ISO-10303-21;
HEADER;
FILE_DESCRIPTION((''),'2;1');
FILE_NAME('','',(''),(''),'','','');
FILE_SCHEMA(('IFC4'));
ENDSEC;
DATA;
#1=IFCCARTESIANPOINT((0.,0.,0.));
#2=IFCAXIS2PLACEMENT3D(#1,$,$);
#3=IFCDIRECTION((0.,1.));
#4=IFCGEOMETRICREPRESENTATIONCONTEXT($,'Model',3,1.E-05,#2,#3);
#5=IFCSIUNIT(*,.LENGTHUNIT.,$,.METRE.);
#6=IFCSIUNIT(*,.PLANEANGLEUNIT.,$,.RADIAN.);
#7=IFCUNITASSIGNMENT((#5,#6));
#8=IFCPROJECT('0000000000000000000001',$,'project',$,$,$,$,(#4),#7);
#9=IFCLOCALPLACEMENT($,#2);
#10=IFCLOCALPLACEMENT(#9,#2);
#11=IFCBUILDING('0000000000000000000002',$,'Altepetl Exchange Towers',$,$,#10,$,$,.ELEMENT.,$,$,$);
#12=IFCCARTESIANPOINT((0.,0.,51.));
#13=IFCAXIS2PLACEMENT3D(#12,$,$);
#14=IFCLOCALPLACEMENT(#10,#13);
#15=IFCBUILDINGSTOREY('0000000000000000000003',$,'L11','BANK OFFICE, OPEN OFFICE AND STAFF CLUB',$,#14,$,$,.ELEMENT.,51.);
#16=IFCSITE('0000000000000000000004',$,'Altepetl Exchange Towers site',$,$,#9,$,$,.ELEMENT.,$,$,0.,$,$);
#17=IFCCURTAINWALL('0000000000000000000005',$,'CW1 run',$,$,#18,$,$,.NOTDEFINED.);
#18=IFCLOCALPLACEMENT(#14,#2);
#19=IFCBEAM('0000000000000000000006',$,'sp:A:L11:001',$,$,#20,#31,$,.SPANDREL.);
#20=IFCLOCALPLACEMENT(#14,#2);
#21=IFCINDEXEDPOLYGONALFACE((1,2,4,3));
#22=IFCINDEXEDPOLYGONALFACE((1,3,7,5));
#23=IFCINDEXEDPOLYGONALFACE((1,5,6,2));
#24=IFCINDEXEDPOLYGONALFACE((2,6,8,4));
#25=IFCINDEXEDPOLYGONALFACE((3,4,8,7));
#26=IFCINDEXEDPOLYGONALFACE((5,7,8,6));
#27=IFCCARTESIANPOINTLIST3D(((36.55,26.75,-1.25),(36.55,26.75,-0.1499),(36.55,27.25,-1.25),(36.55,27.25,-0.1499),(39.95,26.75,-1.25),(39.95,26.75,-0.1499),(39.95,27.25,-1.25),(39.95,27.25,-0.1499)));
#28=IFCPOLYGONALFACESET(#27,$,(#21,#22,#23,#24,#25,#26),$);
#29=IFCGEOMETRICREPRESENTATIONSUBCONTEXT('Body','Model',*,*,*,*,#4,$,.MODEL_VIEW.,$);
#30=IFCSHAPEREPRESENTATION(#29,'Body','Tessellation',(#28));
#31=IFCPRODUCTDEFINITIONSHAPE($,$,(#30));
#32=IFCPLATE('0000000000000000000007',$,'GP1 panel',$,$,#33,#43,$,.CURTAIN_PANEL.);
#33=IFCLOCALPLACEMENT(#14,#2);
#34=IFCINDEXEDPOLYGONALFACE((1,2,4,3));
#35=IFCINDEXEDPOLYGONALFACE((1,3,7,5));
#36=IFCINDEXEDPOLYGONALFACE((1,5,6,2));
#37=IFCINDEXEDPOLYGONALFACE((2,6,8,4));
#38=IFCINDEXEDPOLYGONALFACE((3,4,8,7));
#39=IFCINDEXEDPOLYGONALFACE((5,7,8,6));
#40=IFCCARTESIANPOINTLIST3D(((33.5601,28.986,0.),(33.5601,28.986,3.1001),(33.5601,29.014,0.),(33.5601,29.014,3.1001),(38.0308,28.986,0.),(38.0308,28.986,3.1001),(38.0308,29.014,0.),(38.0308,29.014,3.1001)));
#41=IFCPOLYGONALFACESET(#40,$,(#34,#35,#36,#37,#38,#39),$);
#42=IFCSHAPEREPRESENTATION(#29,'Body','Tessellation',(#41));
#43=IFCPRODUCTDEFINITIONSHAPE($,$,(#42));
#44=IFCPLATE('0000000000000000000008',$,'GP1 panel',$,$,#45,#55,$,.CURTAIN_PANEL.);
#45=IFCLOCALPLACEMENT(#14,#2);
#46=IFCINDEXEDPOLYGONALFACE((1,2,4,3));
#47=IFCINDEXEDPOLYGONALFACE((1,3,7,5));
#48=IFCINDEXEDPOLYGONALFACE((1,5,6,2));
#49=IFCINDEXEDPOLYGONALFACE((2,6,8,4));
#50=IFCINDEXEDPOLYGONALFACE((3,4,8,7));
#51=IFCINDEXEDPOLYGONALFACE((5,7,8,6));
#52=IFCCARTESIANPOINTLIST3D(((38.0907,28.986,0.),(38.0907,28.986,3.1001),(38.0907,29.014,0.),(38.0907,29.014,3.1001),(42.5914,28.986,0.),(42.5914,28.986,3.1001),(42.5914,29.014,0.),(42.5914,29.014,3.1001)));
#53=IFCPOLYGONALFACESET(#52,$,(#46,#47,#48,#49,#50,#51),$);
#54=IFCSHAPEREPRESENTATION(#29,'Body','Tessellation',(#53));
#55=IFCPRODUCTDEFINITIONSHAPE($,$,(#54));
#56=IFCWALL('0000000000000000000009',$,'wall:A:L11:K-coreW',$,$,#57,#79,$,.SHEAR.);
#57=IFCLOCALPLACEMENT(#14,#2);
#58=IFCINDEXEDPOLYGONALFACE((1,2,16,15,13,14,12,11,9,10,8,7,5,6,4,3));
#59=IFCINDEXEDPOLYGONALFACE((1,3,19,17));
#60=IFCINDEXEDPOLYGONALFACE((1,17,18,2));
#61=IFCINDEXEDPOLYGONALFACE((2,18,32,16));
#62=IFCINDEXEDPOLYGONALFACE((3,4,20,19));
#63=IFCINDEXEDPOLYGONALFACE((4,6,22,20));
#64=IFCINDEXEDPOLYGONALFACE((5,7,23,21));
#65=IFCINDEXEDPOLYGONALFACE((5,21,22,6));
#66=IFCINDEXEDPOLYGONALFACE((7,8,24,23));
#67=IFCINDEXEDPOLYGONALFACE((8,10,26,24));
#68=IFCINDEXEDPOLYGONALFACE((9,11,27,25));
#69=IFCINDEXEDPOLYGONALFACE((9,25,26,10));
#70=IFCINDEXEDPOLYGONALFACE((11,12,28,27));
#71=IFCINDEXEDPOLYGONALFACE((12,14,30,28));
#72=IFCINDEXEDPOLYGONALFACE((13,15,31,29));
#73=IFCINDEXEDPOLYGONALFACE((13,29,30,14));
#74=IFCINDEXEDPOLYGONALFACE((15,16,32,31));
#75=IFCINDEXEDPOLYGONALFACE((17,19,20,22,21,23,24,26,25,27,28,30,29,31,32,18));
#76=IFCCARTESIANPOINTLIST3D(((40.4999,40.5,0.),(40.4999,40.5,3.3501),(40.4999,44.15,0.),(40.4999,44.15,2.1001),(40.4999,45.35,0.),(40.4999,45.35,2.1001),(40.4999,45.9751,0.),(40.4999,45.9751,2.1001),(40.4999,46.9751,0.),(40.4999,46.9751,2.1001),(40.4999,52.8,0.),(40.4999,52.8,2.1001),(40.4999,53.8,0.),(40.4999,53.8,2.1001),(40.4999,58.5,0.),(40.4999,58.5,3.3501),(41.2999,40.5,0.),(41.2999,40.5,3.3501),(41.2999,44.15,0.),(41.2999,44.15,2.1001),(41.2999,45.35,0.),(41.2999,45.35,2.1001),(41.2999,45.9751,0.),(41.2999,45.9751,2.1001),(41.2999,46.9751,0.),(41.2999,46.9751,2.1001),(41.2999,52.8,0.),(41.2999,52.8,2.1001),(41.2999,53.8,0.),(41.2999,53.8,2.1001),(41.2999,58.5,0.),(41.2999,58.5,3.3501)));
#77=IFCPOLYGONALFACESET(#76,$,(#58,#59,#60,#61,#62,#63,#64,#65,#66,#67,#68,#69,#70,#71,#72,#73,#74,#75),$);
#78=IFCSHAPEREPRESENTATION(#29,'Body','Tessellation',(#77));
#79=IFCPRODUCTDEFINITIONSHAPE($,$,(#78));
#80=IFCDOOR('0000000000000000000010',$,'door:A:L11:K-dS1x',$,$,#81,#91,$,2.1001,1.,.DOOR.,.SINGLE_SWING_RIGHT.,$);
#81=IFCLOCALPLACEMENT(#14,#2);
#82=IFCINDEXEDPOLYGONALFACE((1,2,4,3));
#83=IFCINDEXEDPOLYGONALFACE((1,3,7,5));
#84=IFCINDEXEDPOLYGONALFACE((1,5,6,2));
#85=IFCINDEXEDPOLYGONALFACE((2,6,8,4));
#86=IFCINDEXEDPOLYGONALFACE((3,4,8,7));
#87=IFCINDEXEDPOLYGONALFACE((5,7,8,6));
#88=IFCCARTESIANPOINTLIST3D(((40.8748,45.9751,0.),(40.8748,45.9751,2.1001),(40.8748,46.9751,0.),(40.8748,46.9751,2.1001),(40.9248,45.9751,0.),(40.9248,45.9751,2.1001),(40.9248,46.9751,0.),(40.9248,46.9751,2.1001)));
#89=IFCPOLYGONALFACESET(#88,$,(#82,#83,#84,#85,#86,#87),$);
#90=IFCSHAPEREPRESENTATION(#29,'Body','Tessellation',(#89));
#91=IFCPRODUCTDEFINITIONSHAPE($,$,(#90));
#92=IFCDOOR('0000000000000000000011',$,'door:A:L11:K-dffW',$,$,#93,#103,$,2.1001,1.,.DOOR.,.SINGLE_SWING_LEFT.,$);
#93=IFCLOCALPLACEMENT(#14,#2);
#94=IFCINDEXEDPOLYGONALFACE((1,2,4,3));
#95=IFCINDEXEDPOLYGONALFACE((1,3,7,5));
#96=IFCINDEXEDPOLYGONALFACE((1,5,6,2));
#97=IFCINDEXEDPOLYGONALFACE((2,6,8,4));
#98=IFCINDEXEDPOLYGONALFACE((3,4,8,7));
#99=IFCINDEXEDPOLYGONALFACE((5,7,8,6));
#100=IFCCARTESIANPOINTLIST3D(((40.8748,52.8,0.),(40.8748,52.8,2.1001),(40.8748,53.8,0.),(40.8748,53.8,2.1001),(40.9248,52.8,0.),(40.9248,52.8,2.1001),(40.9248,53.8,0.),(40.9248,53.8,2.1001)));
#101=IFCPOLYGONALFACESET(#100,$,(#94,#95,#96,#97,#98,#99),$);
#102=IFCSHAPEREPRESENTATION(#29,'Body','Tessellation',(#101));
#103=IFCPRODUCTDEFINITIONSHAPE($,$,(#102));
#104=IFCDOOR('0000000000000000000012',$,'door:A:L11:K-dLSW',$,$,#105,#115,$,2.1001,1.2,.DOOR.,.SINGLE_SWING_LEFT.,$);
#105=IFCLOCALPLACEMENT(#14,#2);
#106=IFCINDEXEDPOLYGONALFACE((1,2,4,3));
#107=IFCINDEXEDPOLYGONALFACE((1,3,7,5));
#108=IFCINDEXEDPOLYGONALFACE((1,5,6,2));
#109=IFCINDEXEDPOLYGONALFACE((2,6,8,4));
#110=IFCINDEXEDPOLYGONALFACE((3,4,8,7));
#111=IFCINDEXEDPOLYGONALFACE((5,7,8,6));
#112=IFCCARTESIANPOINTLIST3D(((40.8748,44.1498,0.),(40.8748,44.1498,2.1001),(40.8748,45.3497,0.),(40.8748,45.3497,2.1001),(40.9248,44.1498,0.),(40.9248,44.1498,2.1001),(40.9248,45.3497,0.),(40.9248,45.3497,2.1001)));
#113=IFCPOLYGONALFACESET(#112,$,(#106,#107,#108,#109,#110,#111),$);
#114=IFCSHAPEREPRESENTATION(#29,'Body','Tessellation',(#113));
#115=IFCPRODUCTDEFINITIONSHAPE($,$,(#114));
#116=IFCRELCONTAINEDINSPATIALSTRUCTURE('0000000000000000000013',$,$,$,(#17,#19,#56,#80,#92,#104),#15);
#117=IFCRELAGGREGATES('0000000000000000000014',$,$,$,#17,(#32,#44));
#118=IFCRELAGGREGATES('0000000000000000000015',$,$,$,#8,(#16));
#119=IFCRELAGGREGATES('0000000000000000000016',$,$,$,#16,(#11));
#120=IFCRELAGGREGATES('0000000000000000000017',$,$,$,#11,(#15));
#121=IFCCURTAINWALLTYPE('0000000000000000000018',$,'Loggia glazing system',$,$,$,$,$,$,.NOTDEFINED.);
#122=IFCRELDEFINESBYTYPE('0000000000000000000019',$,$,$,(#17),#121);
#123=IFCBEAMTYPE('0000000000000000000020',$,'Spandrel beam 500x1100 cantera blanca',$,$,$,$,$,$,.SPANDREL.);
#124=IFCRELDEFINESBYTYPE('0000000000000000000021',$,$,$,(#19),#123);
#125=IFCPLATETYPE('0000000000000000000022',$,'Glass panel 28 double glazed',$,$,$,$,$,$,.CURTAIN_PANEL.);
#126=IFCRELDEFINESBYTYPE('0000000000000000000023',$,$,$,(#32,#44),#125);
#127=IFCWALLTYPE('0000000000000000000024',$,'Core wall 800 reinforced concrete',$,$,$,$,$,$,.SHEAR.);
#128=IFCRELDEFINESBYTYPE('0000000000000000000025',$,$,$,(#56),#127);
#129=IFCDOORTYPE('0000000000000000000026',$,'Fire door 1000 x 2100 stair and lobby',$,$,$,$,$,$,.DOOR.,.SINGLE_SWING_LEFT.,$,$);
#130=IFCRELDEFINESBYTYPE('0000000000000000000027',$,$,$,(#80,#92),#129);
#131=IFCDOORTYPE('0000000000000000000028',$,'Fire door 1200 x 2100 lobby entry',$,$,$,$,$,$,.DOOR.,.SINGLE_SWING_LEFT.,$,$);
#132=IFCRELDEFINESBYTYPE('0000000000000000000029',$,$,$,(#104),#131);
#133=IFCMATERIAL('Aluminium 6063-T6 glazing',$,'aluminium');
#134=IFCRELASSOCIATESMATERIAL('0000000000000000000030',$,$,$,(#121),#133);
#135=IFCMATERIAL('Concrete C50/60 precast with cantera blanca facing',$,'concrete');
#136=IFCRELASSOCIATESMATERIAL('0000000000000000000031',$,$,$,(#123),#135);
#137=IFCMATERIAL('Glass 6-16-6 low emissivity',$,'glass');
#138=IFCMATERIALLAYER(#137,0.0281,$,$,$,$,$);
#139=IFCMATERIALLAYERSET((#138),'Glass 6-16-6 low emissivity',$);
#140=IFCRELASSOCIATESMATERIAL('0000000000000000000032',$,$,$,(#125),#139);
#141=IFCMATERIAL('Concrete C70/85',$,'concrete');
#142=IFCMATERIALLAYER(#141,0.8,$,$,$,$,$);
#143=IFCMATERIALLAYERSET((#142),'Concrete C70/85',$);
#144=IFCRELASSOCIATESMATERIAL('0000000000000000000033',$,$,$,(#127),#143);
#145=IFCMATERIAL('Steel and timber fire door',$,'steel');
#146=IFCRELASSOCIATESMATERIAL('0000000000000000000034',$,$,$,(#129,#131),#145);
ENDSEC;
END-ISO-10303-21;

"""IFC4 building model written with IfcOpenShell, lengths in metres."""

from ifc_helpers import new_model, si_unit, direction, frame, frame_2d, origin, origin_2d, place, context, subcontext, project, spatial, rectangle, extrude, material, layer, layer_set, material_profile, profile_set, type_object, element, fill, aggregate, save


model = new_model("IFC4")

# Units and contexts
model_context = context("Model", 3, precision=1e-05, world=origin(), true_north=direction((0.0, 1.0)))
body_context = subcontext(model_context, "Body", "Model", "MODEL_VIEW")
ifc_project = project(units=[si_unit("LENGTHUNIT", "METRE"), si_unit("PLANEANGLEUNIT", "RADIAN")], contexts=[model_context])

# Site, building, storey
site_placement = place(None, origin())
site = spatial("IfcSite", under=ifc_project, at=site_placement, Name="Altepetl Exchange Towers site", CompositionType="ELEMENT", RefElevation=0.0)
building_placement = place(site_placement, origin())
building = spatial("IfcBuilding", under=site, at=building_placement, Name="Altepetl Exchange Towers", CompositionType="ELEMENT")
storey_placement = place(building_placement, frame((0.0, 0.0, 51.0)))
storey = spatial("IfcBuildingStorey", under=building, at=storey_placement, Name="L11", Description="BANK OFFICE, OPEN OFFICE AND STAFF CLUB", CompositionType="ELEMENT", Elevation=51.0)

# Shared definitions
ifc_material_1 = material(Name="Concrete C70/85", Category="concrete")

# Shared definitions
ifc_material_2 = material(Name="Aluminium 6063-T6 glazing", Category="aluminium")
curtain_wall_type = type_object("IfcCurtainWallType", Name="Loggia glazing system", PredefinedType="NOTDEFINED", material=ifc_material_2)

# Curtain wall
curtain_wall_1_placement = place(storey_placement, origin())
curtain_wall_1 = element("IfcCurtainWall", 1, at=curtain_wall_1_placement, inside=storey, type_object=curtain_wall_type, Name="CW1 run", PredefinedType="NOTDEFINED")

# Beam
ifc_material_3 = material(Name="Concrete C50/60 precast with cantera blanca facing", Category="concrete")
ifc_material_profile_1 = material_profile(ifc_material_3, rectangle(XDim=0.5, YDim=1.1001, at=origin_2d()), Name="500 x 1100")
ifc_profile_set_1 = profile_set([ifc_material_profile_1], Name="Concrete C50/60 precast with cantera blanca facing")
beam_type_1 = type_object("IfcBeamType", Name="Spandrel beam 500x1100 cantera blanca", PredefinedType="SPANDREL", material=ifc_profile_set_1)
beam_1_placement = place(storey_placement, frame((36.55, 27.0, -0.7), z_axis=(1.0, 0.0, 0.0), x_axis=(0.0, 1.0, 0.0)))
element("IfcBeam", 2, at=beam_1_placement, inside=storey, type_object=beam_type_1, Name="sp:A:L11:001", PredefinedType="SPANDREL", context=body_context, shape_type="SweptSolid", body=[
    extrude(rectangle(XDim=0.5, YDim=1.1001, at=origin_2d()), origin(), (0.0, 0.0, 1.0), 3.3999),
])

# Plates
ifc_material_4 = material(Name="Glass 6-16-6 low emissivity", Category="glass")
ifc_layer_1 = layer(ifc_material_4, 0.0281)
ifc_layer_set_1 = layer_set([ifc_layer_1], Name="Glass 6-16-6 low emissivity")
plate_type = type_object("IfcPlateType", Name="Glass panel 28 double glazed", PredefinedType="CURTAIN_PANEL", material=ifc_layer_set_1)
plate_1_placement = place(storey_placement, frame((35.7954, 29.0, 0.0)))
plate_1 = element("IfcPlate", 3, at=plate_1_placement, type_object=plate_type, Name="GP1 panel", PredefinedType="CURTAIN_PANEL", context=body_context, shape_type="SweptSolid", body=[
    extrude(rectangle(XDim=4.4707, YDim=0.0281, at=origin_2d()), origin(), (0.0, 0.0, 1.0), 3.1001),
])
plate_2_placement = place(storey_placement, frame((40.3411, 29.0, 0.0)))
plate_2 = element("IfcPlate", 4, at=plate_2_placement, type_object=plate_type, Name="GP1 panel", PredefinedType="CURTAIN_PANEL", context=body_context, shape_type="SweptSolid", body=[
    extrude(rectangle(XDim=4.5007, YDim=0.0281, at=origin_2d()), origin(), (0.0, 0.0, 1.0), 3.1001),
])
aggregate(curtain_wall_1, [plate_1, plate_2])

# Wall, openings, doors
ifc_layer_2 = layer(ifc_material_1, 0.8)
ifc_layer_set_2 = layer_set([ifc_layer_2], Name="Concrete C70/85")
wall_type_1 = type_object("IfcWallType", Name="Core wall 800 reinforced concrete", PredefinedType="SHEAR", material=ifc_layer_set_2)
wall_1_placement = place(storey_placement, frame((40.8999, 40.5, 0.0), z_axis=(0.0, 0.0, 1.0), x_axis=(0.0, 1.0, 0.0)))
wall_1 = element("IfcWall", 5, at=wall_1_placement, inside=storey, type_object=wall_type_1, Name="wall:A:L11:K-coreW", PredefinedType="SHEAR", context=body_context, shape_type="SweptSolid", body=[
    extrude(rectangle(XDim=18.0, YDim=0.8, at=frame_2d((9.0, 0.0))), origin(), (0.0, 0.0, 1.0), 3.3501),
])
opening_1_placement = place(wall_1_placement, frame((3.6499, 0.0, 0.0)))
opening_1 = element("IfcOpeningElement", 6, at=opening_1_placement, cuts=wall_1, PredefinedType="OPENING", context=body_context, shape_type="SweptSolid", body=[
    extrude(rectangle(XDim=1.2, YDim=2.1001, at=frame_2d((0.6001, 1.05))), frame((0.0, 0.4102, 0.0), z_axis=(0.0, -1.0, 0.0), x_axis=(1.0, 0.0, 0.0)), (0.0, 0.0, 1.0), 0.8201),
])
opening_2_placement = place(wall_1_placement, frame((5.4751, 0.0, 0.0)))
opening_2 = element("IfcOpeningElement", 7, at=opening_2_placement, cuts=wall_1, PredefinedType="OPENING", context=body_context, shape_type="SweptSolid", body=[
    extrude(rectangle(XDim=1.0, YDim=2.1001, at=frame_2d((0.5, 1.05))), frame((0.0, 0.4102, 0.0), z_axis=(0.0, -1.0, 0.0), x_axis=(1.0, 0.0, 0.0)), (0.0, 0.0, 1.0), 0.8201),
])
opening_3_placement = place(wall_1_placement, frame((12.3, 0.0, 0.0)))
opening_3 = element("IfcOpeningElement", 8, at=opening_3_placement, cuts=wall_1, PredefinedType="OPENING", context=body_context, shape_type="SweptSolid", body=[
    extrude(rectangle(XDim=1.0, YDim=2.1001, at=frame_2d((0.5, 1.05))), frame((0.0, 0.4102, 0.0), z_axis=(0.0, -1.0, 0.0), x_axis=(1.0, 0.0, 0.0)), (0.0, 0.0, 1.0), 0.8201),
])
ifc_material_5 = material(Name="Steel and timber fire door", Category="steel")
door_type_1 = type_object("IfcDoorType", Name="Fire door 1000 x 2100 stair and lobby", OperationType="SINGLE_SWING_LEFT", PredefinedType="DOOR", material=ifc_material_5)
door_1_placement = place(opening_2_placement, frame((1.0, 0.0, 0.0), x_axis=(-1.0, 0.0, 0.0)))
door_1 = element("IfcDoor", 9, at=door_1_placement, inside=storey, type_object=door_type_1, Name="door:A:L11:K-dS1x", OperationType="SINGLE_SWING_RIGHT", OverallHeight=2.1001, OverallWidth=1.0, PredefinedType="DOOR", context=body_context, shape_type="SweptSolid", body=[
    extrude(rectangle(XDim=1.0, YDim=2.1001, at=frame_2d((0.5, 1.05))), frame((0.0, 0.0249, 0.0), z_axis=(0.0, -1.0, 0.0), x_axis=(1.0, 0.0, 0.0)), (0.0, 0.0, 1.0), 0.05),
])
fill(opening_2, door_1)
door_2_placement = place(opening_3_placement, frame((1.0, 0.0, 0.0), x_axis=(-1.0, 0.0, 0.0)))
door_2 = element("IfcDoor", 10, at=door_2_placement, inside=storey, type_object=door_type_1, Name="door:A:L11:K-dffW", OperationType="SINGLE_SWING_LEFT", OverallHeight=2.1001, OverallWidth=1.0, PredefinedType="DOOR", context=body_context, shape_type="SweptSolid", body=[
    extrude(rectangle(XDim=1.0, YDim=2.1001, at=frame_2d((0.5, 1.05))), frame((0.0, 0.0249, 0.0), z_axis=(0.0, -1.0, 0.0), x_axis=(1.0, 0.0, 0.0)), (0.0, 0.0, 1.0), 0.05),
])
fill(opening_3, door_2)
door_type_2 = type_object("IfcDoorType", Name="Fire door 1200 x 2100 lobby entry", OperationType="SINGLE_SWING_LEFT", PredefinedType="DOOR", material=ifc_material_5)
door_3_placement = place(opening_1_placement, frame((1.2, 0.0, 0.0), x_axis=(-1.0, 0.0, 0.0)))
door_3 = element("IfcDoor", 11, at=door_3_placement, inside=storey, type_object=door_type_2, Name="door:A:L11:K-dLSW", OperationType="SINGLE_SWING_LEFT", OverallHeight=2.1001, OverallWidth=1.2, PredefinedType="DOOR", context=body_context, shape_type="SweptSolid", body=[
    extrude(rectangle(XDim=1.2, YDim=2.1001, at=frame_2d((0.6001, 1.05))), frame((0.0, 0.0249, 0.0), z_axis=(0.0, -1.0, 0.0), x_axis=(1.0, 0.0, 0.0)), (0.0, 0.0, 1.0), 0.05),
])
fill(opening_1, door_3)

save(model, "model.ifc")
